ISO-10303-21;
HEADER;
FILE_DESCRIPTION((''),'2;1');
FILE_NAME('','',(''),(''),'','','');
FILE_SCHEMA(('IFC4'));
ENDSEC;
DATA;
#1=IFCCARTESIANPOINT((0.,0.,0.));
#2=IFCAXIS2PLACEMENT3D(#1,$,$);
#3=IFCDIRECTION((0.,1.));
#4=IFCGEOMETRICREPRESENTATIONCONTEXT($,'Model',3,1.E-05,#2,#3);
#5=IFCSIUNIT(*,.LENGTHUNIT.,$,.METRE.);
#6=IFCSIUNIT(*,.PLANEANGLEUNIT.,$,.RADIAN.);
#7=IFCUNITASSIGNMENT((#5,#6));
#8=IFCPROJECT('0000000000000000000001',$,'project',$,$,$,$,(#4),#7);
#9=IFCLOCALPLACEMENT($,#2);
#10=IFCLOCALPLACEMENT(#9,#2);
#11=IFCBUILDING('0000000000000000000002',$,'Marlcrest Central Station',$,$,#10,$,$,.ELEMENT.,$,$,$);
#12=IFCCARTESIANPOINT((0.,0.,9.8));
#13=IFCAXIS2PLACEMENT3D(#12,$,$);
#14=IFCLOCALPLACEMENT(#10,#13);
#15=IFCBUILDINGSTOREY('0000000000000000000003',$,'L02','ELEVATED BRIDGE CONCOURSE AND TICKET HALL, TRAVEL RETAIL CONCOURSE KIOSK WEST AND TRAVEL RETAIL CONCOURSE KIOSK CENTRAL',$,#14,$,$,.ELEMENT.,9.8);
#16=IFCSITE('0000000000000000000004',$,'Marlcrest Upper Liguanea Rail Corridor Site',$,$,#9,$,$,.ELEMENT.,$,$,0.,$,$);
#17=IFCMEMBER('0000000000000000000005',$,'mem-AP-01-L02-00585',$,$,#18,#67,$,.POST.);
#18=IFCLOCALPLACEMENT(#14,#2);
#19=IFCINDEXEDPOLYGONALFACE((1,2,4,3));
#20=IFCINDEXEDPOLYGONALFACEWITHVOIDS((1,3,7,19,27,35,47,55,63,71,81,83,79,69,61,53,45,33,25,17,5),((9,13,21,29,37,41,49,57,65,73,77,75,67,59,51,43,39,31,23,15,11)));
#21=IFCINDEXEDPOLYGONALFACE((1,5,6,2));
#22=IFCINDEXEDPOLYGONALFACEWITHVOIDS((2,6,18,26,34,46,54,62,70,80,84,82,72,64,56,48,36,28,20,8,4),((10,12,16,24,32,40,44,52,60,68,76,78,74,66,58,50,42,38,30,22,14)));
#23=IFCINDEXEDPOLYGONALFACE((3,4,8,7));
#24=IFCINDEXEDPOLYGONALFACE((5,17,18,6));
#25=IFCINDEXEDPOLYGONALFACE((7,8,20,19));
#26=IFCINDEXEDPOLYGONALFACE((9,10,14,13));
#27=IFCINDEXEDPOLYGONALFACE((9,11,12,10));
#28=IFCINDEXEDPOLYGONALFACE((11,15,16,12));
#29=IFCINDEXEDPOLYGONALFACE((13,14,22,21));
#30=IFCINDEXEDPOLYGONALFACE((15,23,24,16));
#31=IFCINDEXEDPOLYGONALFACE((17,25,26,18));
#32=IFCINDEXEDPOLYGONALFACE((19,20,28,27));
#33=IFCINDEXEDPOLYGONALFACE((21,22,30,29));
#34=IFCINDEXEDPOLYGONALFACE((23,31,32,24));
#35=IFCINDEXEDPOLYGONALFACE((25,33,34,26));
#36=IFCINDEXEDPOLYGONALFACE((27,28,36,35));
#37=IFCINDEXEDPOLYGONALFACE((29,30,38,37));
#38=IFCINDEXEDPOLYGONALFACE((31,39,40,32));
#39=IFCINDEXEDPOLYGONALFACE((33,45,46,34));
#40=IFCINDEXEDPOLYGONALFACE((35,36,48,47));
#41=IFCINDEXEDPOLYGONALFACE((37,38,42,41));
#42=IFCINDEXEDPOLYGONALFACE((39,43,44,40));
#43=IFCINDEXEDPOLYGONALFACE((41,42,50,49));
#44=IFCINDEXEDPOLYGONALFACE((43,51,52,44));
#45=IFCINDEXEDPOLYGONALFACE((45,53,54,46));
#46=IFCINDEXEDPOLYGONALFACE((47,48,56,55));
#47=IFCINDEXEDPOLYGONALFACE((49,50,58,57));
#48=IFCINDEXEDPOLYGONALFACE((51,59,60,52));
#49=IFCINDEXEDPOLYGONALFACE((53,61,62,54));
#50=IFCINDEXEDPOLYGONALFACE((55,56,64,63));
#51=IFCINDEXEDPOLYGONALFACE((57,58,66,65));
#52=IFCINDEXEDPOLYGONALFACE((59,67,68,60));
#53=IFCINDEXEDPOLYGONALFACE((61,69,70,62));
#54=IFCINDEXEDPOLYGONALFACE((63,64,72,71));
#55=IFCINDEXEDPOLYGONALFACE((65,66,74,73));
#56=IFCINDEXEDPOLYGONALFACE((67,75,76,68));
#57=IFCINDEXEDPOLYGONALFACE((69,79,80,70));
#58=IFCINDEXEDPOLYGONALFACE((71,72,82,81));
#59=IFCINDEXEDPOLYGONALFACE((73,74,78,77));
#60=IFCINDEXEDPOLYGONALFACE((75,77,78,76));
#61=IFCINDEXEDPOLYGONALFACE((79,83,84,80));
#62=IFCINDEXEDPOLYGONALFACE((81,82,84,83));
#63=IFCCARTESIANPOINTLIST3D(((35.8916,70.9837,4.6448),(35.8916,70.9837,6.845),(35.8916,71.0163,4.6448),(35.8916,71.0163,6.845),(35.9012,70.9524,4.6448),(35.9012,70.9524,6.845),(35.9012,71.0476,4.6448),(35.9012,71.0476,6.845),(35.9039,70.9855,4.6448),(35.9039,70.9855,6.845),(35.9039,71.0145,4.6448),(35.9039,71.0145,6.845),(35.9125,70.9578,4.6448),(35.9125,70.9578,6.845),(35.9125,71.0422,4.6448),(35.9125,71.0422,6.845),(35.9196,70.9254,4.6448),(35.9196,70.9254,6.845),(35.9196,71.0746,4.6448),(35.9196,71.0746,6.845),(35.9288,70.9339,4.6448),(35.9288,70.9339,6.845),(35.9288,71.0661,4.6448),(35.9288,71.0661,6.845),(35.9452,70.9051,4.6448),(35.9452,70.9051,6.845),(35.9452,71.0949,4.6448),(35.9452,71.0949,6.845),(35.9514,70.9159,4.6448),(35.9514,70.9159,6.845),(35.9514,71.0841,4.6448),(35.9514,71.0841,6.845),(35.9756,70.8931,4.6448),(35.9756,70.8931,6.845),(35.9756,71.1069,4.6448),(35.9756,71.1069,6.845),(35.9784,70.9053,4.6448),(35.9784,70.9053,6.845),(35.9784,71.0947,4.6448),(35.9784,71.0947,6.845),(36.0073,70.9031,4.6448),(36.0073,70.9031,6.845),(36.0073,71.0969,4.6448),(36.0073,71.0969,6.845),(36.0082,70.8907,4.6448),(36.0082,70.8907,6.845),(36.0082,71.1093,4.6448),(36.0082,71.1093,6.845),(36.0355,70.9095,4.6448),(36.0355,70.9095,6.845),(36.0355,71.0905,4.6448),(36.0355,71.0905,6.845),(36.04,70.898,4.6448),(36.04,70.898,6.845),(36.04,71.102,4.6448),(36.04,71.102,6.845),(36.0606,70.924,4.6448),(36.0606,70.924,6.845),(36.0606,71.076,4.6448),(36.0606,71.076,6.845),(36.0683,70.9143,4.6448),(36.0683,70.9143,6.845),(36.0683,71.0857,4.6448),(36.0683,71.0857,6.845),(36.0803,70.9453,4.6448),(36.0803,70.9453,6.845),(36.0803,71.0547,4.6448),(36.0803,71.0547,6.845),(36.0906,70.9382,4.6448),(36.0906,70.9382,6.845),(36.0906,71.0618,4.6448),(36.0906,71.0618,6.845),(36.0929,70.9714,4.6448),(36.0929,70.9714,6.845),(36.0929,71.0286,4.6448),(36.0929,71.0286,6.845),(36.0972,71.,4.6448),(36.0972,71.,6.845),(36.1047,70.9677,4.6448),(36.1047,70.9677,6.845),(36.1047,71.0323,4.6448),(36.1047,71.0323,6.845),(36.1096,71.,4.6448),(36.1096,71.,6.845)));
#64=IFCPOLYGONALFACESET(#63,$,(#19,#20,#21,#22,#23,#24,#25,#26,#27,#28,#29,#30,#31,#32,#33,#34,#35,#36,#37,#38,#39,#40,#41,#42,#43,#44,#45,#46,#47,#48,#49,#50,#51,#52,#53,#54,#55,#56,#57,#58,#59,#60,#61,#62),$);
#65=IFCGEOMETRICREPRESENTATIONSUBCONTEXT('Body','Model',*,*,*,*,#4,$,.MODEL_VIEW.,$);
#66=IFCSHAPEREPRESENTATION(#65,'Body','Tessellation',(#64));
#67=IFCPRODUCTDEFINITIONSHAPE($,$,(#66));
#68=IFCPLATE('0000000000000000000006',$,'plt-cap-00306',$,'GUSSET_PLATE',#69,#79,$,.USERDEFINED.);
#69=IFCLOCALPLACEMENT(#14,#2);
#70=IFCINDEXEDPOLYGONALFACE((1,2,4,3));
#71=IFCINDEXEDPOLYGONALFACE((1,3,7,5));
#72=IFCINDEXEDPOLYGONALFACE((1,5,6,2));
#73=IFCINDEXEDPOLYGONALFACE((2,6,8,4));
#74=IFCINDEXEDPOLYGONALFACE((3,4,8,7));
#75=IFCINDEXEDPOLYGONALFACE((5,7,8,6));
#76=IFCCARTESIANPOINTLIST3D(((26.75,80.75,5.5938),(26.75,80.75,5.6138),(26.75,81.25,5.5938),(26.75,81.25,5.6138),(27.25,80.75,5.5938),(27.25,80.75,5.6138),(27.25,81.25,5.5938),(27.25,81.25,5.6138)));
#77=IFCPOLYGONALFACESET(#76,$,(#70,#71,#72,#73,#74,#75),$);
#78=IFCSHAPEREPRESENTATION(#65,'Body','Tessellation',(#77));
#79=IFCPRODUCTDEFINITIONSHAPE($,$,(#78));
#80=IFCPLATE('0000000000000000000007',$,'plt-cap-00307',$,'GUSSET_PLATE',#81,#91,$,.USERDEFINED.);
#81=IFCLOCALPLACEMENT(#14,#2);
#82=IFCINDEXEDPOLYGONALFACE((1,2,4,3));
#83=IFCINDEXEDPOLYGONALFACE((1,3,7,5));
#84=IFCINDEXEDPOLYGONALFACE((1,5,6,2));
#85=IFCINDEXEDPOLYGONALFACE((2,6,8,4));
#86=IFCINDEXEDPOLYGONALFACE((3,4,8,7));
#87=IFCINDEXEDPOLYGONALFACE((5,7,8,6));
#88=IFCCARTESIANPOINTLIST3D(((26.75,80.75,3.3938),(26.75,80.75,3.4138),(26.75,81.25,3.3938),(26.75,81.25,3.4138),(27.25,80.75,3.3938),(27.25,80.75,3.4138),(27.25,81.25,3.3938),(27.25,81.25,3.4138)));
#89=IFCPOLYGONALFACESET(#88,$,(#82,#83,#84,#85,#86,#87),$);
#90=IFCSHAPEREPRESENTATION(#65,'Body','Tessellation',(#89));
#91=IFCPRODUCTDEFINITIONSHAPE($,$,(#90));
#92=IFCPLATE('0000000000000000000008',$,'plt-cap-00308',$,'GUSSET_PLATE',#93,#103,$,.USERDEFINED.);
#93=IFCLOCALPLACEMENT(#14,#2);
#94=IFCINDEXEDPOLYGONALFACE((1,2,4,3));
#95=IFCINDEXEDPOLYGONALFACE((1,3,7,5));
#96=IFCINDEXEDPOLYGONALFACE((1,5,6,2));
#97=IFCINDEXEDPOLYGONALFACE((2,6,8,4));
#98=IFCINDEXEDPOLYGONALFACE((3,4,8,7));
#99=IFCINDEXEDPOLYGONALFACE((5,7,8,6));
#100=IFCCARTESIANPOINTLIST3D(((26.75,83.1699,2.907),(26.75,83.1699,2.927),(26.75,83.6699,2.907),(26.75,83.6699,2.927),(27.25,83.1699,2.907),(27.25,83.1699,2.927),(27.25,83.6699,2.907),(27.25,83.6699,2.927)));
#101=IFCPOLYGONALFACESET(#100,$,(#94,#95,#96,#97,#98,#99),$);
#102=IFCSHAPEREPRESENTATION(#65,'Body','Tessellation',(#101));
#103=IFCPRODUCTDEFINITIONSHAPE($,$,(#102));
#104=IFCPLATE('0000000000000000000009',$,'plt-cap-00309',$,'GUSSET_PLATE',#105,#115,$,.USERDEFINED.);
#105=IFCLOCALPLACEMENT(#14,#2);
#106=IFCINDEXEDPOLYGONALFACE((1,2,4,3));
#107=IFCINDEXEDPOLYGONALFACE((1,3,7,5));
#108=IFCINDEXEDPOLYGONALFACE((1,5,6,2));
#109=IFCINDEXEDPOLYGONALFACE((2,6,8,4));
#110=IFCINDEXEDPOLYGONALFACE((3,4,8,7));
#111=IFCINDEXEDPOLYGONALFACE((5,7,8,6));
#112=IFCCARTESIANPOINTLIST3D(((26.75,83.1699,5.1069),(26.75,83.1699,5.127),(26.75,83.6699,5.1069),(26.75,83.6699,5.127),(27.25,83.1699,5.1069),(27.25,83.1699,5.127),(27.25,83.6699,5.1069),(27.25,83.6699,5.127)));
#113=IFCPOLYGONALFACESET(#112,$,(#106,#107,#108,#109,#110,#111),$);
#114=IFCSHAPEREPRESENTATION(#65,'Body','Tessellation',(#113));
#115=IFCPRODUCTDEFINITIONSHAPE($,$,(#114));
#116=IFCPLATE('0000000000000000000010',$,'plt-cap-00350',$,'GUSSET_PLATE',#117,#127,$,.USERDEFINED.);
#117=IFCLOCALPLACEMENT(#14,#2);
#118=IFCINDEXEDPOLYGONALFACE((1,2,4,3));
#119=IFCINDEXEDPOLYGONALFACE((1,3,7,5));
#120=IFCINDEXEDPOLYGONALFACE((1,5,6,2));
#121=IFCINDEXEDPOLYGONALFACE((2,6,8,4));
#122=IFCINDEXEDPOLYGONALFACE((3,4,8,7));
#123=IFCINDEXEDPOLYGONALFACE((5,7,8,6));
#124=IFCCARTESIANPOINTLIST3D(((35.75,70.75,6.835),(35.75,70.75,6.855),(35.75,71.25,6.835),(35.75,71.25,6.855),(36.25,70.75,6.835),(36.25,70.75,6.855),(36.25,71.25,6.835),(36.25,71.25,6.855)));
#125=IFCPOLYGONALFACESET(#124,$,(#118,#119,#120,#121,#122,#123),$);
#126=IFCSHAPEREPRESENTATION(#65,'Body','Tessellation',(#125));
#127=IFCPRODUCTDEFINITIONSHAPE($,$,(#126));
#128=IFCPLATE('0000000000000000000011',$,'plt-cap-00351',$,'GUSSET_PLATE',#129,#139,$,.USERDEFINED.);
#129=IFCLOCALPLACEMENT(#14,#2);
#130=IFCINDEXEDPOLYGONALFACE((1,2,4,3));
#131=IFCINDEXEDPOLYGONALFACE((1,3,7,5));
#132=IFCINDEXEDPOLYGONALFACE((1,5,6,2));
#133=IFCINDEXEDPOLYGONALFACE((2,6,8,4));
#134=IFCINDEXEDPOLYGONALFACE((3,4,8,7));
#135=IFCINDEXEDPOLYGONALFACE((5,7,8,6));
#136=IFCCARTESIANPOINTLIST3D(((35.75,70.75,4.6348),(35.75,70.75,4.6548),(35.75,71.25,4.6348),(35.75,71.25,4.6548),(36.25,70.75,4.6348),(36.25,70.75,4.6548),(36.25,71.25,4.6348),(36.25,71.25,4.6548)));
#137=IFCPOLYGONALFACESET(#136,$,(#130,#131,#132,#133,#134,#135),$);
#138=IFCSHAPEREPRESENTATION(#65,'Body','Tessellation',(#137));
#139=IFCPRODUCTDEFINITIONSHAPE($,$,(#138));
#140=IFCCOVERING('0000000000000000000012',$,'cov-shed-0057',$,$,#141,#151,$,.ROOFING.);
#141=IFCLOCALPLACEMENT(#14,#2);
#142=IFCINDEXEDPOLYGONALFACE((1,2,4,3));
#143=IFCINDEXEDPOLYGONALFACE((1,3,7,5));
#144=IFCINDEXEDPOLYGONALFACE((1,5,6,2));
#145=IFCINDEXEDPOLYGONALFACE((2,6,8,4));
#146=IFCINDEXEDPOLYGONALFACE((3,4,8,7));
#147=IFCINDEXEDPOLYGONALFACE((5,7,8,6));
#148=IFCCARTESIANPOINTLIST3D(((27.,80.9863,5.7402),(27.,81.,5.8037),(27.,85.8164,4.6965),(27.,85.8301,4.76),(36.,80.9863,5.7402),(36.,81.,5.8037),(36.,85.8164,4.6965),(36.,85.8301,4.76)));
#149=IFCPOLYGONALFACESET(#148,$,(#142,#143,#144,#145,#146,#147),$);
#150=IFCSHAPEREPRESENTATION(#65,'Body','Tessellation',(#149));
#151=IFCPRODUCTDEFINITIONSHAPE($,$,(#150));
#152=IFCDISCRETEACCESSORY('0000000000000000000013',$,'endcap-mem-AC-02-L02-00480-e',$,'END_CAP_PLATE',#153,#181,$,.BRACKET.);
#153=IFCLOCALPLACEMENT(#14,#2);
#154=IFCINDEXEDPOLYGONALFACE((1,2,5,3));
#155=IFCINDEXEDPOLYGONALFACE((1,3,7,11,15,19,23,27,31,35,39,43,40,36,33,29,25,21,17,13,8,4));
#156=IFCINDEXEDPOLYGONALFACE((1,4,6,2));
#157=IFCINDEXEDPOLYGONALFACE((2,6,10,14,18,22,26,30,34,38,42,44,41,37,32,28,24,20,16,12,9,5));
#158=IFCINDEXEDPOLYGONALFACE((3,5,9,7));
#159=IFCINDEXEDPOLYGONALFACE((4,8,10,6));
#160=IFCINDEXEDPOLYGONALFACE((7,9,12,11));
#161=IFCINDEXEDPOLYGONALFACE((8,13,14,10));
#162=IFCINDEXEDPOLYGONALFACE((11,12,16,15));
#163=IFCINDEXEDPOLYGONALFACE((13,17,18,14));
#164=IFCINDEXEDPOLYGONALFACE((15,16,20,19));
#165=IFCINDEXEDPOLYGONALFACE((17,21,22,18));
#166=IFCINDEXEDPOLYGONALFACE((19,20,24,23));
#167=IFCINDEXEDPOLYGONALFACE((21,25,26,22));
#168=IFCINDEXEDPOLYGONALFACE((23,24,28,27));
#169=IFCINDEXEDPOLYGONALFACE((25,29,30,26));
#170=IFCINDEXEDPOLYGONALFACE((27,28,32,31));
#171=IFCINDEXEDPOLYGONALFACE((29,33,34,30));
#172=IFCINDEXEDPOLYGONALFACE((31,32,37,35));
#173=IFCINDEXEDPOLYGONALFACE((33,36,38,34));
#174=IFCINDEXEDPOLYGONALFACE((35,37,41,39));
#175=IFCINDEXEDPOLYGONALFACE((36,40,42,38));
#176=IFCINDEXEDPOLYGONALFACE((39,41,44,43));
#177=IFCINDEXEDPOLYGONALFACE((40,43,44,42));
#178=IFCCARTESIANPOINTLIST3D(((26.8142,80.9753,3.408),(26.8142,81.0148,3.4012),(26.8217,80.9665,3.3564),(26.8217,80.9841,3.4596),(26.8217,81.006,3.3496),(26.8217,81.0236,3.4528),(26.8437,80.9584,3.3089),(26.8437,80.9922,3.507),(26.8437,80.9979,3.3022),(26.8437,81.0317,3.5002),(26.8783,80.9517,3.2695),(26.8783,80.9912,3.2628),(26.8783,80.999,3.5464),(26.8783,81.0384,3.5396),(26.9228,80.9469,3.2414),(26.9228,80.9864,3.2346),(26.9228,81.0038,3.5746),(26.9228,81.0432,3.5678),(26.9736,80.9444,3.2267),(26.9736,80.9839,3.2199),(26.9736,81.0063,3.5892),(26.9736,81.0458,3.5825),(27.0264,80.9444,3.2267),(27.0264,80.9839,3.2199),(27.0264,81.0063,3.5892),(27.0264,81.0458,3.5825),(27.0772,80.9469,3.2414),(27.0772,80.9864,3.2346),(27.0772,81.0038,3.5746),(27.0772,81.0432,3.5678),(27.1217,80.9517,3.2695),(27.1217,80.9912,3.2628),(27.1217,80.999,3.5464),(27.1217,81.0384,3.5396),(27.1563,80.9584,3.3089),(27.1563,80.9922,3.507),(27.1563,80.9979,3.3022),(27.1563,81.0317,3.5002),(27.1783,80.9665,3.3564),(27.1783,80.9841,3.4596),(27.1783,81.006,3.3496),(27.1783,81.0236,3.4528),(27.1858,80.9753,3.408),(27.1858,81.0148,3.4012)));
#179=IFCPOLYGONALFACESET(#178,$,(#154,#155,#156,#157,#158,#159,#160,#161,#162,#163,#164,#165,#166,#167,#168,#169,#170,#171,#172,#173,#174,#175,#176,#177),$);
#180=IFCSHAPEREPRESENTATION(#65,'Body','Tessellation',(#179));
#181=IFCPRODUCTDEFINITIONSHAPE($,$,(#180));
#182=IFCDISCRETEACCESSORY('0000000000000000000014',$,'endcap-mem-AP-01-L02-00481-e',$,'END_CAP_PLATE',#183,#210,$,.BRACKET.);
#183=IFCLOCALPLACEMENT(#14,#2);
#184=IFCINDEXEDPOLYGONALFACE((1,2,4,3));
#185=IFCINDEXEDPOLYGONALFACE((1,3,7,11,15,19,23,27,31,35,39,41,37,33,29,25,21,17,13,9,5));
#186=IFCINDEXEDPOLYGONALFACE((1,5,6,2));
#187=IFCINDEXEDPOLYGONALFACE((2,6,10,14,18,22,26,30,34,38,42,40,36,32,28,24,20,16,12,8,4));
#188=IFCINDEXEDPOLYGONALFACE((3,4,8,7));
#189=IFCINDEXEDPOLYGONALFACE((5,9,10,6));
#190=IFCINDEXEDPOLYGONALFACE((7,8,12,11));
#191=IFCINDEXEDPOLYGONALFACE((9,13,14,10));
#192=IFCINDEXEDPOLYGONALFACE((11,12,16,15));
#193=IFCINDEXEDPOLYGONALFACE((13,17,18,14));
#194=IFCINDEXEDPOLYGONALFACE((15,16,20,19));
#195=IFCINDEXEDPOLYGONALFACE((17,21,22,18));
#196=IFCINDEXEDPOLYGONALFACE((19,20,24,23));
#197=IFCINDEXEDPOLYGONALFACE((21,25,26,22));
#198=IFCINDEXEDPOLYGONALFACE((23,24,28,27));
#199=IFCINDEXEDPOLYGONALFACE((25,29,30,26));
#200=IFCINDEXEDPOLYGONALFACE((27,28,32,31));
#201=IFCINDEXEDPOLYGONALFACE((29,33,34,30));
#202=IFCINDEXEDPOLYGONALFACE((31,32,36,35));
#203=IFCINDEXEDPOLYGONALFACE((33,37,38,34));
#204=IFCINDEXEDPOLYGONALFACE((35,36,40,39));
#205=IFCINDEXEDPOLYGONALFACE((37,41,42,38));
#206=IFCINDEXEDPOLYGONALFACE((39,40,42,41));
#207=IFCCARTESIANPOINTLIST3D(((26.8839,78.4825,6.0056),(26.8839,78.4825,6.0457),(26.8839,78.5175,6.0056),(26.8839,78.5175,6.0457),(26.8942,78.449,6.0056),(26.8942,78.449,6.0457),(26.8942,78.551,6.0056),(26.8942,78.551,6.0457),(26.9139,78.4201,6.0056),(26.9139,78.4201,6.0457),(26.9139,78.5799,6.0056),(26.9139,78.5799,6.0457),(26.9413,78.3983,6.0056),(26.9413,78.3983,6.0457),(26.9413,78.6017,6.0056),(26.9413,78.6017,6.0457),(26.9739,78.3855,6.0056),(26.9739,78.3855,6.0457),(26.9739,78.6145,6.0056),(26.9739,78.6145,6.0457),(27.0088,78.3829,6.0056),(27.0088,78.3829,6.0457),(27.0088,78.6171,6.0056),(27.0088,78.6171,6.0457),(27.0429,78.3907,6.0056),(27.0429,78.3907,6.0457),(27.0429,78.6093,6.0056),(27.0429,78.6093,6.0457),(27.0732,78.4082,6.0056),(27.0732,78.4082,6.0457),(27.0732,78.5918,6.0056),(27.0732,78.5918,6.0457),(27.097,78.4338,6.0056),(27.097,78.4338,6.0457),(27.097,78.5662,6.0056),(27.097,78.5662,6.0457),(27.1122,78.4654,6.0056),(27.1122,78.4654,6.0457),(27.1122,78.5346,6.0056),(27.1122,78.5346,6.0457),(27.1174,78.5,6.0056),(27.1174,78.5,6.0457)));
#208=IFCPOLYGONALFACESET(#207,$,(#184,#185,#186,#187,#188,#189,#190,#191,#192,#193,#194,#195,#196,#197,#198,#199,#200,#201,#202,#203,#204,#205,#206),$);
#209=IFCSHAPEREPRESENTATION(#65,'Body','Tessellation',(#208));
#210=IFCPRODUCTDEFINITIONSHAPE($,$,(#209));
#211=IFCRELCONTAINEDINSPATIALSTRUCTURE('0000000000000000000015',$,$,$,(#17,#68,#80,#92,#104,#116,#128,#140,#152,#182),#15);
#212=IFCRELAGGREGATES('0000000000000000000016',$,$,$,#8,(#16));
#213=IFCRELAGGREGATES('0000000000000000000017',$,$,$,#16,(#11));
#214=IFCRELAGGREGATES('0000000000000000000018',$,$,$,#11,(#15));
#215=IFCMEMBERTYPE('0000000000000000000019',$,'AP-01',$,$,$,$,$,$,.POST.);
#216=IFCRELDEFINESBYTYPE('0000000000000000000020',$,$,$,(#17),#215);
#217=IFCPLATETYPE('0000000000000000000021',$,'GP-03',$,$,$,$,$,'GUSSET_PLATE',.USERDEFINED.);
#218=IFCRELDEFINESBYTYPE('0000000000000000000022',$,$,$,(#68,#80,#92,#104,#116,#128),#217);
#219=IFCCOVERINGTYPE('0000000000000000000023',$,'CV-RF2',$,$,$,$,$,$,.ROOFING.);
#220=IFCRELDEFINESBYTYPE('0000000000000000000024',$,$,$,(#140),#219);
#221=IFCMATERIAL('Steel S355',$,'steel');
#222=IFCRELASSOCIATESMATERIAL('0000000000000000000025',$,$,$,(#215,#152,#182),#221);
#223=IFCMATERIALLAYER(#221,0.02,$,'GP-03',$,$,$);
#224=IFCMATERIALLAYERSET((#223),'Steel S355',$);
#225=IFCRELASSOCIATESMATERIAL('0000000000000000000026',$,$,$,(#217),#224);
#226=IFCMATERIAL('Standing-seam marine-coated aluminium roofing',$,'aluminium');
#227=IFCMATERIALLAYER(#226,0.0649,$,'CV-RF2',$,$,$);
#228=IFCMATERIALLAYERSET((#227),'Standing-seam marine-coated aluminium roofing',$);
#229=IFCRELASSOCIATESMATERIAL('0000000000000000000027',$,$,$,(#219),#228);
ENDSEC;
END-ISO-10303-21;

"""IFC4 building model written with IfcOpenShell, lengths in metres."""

from ifc_helpers import new_model, si_unit, direction, frame, origin, origin_2d, place, context, subcontext, project, spatial, polyline, rectangle, circle, hollow_circle, outline, extrude, material, layer, layer_set, material_profile, profile_set, type_object, element, save


model = new_model("IFC4")

# Units and contexts
model_context = context("Model", 3, precision=1e-05, world=origin(), true_north=direction((0.0, 1.0)))
body_context = subcontext(model_context, "Body", "Model", "MODEL_VIEW")
ifc_project = project(units=[si_unit("LENGTHUNIT", "METRE"), si_unit("PLANEANGLEUNIT", "RADIAN")], contexts=[model_context])

# Site, building, storey
site_placement = place(None, origin())
site = spatial("IfcSite", under=ifc_project, at=site_placement, Name="Marlcrest Upper Liguanea Rail Corridor Site", CompositionType="ELEMENT", RefElevation=0.0)
building_placement = place(site_placement, origin())
building = spatial("IfcBuilding", under=site, at=building_placement, Name="Marlcrest Central Station", CompositionType="ELEMENT")
storey_placement = place(building_placement, frame((0.0, 0.0, 9.8)))
storey = spatial("IfcBuildingStorey", under=building, at=storey_placement, Name="L02", Description="ELEVATED BRIDGE CONCOURSE AND TICKET HALL, TRAVEL RETAIL CONCOURSE KIOSK WEST AND TRAVEL RETAIL CONCOURSE KIOSK CENTRAL", CompositionType="ELEMENT", Elevation=9.8)

# Member
ifc_material_1 = material(Name="Steel S355", Category="steel")
ifc_material_profile_1 = material_profile(ifc_material_1, hollow_circle(Radius=0.1096, WallThickness=0.0125, at=origin_2d()), Name="CHS 219.1x12.5")
ifc_profile_set_1 = profile_set([ifc_material_profile_1], Name="Steel S355")
member_type_1 = type_object("IfcMemberType", Name="AP-01", PredefinedType="POST", material=ifc_profile_set_1)
member_1_placement = place(storey_placement, frame((36.0, 71.0, 4.6448), z_axis=(0.0, 0.0, 1.0), x_axis=(1.0, 0.0, 0.0)))
element("IfcMember", 1, at=member_1_placement, inside=storey, type_object=member_type_1, Name="mem-AP-01-L02-00585", PredefinedType="POST", context=body_context, shape_type="SweptSolid", body=[
    extrude(hollow_circle(Radius=0.1096, WallThickness=0.0125, at=origin_2d()), origin(), (0.0, 0.0, 1.0), 2.2002),
])

# Plates
ifc_layer_1 = layer(ifc_material_1, 0.02, Name="GP-03")
ifc_layer_set_1 = layer_set([ifc_layer_1], Name="Steel S355")
plate_type = type_object("IfcPlateType", Name="GP-03", ElementType="GUSSET_PLATE", PredefinedType="USERDEFINED", material=ifc_layer_set_1)
for number, where, z_axis, x_axis, name in (
    (2, (27.0, 81.0, 5.5938), (0.0, 0.0, 1.0), (1.0, 0.0, 0.0), "plt-cap-00306"),
    (3, (27.0, 81.0, 3.3938), (0.0, 0.0, 1.0), (1.0, 0.0, 0.0), "plt-cap-00307"),
    (4, (27.0, 83.4199, 2.907), (0.0, 0.0, 1.0), (1.0, 0.0, 0.0), "plt-cap-00308"),
    (5, (27.0, 83.4199, 5.1069), (0.0, 0.0, 1.0), (1.0, 0.0, 0.0), "plt-cap-00309"),
    (6, (36.0, 71.0, 6.835), (0.0, 0.0, 1.0), (1.0, 0.0, 0.0), "plt-cap-00350"),
    (7, (36.0, 71.0, 4.6348), (0.0, 0.0, 1.0), (1.0, 0.0, 0.0), "plt-cap-00351"),
):
    element("IfcPlate", number, at=place(storey_placement, frame(where, z_axis=z_axis, x_axis=x_axis)), inside=storey, type_object=plate_type, Name=name, ObjectType="GUSSET_PLATE", PredefinedType="USERDEFINED", context=body_context, shape_type="SweptSolid", body=[
        extrude(rectangle(XDim=0.5, YDim=0.5, at=origin_2d()), origin(), (0.0, 0.0, 1.0), 0.02),
    ])

# Covering
ifc_material_2 = material(Name="Standing-seam marine-coated aluminium roofing", Category="aluminium")
ifc_layer_2 = layer(ifc_material_2, 0.0649, Name="CV-RF2")
ifc_layer_set_2 = layer_set([ifc_layer_2], Name="Standing-seam marine-coated aluminium roofing")
covering_type = type_object("IfcCoveringType", Name="CV-RF2", PredefinedType="ROOFING", material=ifc_layer_set_2)
covering_placement = place(storey_placement, frame((27.0, 81.0, 5.8037), z_axis=(0.0, 0.211209, 0.977441), x_axis=(1.0, 0.0, 0.0)))
element("IfcCovering", 8, at=covering_placement, inside=storey, type_object=covering_type, Name="cov-shed-0057", PredefinedType="ROOFING", context=body_context, shape_type="SweptSolid", body=[
    extrude(outline(polyline([(0.0, 0.0), (9.0, 0.0), (9.0, 4.9416), (0.0, 4.9416), (0.0, 0.0)])), origin(), (0.0, 0.0, -1.0), 0.0649),
])

# Discrete accessories
discrete_accessory_1_placement = place(storey_placement, frame((27.0, 80.9753, 3.408), z_axis=(0.0, 0.985741, -0.168269), x_axis=(-1.0, 0.0, 0.0)))
element("IfcDiscreteAccessory", 9, at=discrete_accessory_1_placement, inside=storey, material=ifc_material_1, Name="endcap-mem-AC-02-L02-00480-e", ObjectType="END_CAP_PLATE", PredefinedType="BRACKET", context=body_context, shape_type="SweptSolid", body=[
    extrude(circle(Radius=0.1858, at=origin_2d()), origin(), (0.0, 0.0, 1.0), 0.04),
])
discrete_accessory_2_placement = place(storey_placement, frame((27.0, 78.5, 6.0056), z_axis=(0.0, 0.0, 1.0), x_axis=(1.0, 0.0, 0.0)))
element("IfcDiscreteAccessory", 10, at=discrete_accessory_2_placement, inside=storey, material=ifc_material_1, Name="endcap-mem-AP-01-L02-00481-e", ObjectType="END_CAP_PLATE", PredefinedType="BRACKET", context=body_context, shape_type="SweptSolid", body=[
    extrude(circle(Radius=0.1174, at=origin_2d()), origin(), (0.0, 0.0, 1.0), 0.04),
])

save(model, "model.ifc")
